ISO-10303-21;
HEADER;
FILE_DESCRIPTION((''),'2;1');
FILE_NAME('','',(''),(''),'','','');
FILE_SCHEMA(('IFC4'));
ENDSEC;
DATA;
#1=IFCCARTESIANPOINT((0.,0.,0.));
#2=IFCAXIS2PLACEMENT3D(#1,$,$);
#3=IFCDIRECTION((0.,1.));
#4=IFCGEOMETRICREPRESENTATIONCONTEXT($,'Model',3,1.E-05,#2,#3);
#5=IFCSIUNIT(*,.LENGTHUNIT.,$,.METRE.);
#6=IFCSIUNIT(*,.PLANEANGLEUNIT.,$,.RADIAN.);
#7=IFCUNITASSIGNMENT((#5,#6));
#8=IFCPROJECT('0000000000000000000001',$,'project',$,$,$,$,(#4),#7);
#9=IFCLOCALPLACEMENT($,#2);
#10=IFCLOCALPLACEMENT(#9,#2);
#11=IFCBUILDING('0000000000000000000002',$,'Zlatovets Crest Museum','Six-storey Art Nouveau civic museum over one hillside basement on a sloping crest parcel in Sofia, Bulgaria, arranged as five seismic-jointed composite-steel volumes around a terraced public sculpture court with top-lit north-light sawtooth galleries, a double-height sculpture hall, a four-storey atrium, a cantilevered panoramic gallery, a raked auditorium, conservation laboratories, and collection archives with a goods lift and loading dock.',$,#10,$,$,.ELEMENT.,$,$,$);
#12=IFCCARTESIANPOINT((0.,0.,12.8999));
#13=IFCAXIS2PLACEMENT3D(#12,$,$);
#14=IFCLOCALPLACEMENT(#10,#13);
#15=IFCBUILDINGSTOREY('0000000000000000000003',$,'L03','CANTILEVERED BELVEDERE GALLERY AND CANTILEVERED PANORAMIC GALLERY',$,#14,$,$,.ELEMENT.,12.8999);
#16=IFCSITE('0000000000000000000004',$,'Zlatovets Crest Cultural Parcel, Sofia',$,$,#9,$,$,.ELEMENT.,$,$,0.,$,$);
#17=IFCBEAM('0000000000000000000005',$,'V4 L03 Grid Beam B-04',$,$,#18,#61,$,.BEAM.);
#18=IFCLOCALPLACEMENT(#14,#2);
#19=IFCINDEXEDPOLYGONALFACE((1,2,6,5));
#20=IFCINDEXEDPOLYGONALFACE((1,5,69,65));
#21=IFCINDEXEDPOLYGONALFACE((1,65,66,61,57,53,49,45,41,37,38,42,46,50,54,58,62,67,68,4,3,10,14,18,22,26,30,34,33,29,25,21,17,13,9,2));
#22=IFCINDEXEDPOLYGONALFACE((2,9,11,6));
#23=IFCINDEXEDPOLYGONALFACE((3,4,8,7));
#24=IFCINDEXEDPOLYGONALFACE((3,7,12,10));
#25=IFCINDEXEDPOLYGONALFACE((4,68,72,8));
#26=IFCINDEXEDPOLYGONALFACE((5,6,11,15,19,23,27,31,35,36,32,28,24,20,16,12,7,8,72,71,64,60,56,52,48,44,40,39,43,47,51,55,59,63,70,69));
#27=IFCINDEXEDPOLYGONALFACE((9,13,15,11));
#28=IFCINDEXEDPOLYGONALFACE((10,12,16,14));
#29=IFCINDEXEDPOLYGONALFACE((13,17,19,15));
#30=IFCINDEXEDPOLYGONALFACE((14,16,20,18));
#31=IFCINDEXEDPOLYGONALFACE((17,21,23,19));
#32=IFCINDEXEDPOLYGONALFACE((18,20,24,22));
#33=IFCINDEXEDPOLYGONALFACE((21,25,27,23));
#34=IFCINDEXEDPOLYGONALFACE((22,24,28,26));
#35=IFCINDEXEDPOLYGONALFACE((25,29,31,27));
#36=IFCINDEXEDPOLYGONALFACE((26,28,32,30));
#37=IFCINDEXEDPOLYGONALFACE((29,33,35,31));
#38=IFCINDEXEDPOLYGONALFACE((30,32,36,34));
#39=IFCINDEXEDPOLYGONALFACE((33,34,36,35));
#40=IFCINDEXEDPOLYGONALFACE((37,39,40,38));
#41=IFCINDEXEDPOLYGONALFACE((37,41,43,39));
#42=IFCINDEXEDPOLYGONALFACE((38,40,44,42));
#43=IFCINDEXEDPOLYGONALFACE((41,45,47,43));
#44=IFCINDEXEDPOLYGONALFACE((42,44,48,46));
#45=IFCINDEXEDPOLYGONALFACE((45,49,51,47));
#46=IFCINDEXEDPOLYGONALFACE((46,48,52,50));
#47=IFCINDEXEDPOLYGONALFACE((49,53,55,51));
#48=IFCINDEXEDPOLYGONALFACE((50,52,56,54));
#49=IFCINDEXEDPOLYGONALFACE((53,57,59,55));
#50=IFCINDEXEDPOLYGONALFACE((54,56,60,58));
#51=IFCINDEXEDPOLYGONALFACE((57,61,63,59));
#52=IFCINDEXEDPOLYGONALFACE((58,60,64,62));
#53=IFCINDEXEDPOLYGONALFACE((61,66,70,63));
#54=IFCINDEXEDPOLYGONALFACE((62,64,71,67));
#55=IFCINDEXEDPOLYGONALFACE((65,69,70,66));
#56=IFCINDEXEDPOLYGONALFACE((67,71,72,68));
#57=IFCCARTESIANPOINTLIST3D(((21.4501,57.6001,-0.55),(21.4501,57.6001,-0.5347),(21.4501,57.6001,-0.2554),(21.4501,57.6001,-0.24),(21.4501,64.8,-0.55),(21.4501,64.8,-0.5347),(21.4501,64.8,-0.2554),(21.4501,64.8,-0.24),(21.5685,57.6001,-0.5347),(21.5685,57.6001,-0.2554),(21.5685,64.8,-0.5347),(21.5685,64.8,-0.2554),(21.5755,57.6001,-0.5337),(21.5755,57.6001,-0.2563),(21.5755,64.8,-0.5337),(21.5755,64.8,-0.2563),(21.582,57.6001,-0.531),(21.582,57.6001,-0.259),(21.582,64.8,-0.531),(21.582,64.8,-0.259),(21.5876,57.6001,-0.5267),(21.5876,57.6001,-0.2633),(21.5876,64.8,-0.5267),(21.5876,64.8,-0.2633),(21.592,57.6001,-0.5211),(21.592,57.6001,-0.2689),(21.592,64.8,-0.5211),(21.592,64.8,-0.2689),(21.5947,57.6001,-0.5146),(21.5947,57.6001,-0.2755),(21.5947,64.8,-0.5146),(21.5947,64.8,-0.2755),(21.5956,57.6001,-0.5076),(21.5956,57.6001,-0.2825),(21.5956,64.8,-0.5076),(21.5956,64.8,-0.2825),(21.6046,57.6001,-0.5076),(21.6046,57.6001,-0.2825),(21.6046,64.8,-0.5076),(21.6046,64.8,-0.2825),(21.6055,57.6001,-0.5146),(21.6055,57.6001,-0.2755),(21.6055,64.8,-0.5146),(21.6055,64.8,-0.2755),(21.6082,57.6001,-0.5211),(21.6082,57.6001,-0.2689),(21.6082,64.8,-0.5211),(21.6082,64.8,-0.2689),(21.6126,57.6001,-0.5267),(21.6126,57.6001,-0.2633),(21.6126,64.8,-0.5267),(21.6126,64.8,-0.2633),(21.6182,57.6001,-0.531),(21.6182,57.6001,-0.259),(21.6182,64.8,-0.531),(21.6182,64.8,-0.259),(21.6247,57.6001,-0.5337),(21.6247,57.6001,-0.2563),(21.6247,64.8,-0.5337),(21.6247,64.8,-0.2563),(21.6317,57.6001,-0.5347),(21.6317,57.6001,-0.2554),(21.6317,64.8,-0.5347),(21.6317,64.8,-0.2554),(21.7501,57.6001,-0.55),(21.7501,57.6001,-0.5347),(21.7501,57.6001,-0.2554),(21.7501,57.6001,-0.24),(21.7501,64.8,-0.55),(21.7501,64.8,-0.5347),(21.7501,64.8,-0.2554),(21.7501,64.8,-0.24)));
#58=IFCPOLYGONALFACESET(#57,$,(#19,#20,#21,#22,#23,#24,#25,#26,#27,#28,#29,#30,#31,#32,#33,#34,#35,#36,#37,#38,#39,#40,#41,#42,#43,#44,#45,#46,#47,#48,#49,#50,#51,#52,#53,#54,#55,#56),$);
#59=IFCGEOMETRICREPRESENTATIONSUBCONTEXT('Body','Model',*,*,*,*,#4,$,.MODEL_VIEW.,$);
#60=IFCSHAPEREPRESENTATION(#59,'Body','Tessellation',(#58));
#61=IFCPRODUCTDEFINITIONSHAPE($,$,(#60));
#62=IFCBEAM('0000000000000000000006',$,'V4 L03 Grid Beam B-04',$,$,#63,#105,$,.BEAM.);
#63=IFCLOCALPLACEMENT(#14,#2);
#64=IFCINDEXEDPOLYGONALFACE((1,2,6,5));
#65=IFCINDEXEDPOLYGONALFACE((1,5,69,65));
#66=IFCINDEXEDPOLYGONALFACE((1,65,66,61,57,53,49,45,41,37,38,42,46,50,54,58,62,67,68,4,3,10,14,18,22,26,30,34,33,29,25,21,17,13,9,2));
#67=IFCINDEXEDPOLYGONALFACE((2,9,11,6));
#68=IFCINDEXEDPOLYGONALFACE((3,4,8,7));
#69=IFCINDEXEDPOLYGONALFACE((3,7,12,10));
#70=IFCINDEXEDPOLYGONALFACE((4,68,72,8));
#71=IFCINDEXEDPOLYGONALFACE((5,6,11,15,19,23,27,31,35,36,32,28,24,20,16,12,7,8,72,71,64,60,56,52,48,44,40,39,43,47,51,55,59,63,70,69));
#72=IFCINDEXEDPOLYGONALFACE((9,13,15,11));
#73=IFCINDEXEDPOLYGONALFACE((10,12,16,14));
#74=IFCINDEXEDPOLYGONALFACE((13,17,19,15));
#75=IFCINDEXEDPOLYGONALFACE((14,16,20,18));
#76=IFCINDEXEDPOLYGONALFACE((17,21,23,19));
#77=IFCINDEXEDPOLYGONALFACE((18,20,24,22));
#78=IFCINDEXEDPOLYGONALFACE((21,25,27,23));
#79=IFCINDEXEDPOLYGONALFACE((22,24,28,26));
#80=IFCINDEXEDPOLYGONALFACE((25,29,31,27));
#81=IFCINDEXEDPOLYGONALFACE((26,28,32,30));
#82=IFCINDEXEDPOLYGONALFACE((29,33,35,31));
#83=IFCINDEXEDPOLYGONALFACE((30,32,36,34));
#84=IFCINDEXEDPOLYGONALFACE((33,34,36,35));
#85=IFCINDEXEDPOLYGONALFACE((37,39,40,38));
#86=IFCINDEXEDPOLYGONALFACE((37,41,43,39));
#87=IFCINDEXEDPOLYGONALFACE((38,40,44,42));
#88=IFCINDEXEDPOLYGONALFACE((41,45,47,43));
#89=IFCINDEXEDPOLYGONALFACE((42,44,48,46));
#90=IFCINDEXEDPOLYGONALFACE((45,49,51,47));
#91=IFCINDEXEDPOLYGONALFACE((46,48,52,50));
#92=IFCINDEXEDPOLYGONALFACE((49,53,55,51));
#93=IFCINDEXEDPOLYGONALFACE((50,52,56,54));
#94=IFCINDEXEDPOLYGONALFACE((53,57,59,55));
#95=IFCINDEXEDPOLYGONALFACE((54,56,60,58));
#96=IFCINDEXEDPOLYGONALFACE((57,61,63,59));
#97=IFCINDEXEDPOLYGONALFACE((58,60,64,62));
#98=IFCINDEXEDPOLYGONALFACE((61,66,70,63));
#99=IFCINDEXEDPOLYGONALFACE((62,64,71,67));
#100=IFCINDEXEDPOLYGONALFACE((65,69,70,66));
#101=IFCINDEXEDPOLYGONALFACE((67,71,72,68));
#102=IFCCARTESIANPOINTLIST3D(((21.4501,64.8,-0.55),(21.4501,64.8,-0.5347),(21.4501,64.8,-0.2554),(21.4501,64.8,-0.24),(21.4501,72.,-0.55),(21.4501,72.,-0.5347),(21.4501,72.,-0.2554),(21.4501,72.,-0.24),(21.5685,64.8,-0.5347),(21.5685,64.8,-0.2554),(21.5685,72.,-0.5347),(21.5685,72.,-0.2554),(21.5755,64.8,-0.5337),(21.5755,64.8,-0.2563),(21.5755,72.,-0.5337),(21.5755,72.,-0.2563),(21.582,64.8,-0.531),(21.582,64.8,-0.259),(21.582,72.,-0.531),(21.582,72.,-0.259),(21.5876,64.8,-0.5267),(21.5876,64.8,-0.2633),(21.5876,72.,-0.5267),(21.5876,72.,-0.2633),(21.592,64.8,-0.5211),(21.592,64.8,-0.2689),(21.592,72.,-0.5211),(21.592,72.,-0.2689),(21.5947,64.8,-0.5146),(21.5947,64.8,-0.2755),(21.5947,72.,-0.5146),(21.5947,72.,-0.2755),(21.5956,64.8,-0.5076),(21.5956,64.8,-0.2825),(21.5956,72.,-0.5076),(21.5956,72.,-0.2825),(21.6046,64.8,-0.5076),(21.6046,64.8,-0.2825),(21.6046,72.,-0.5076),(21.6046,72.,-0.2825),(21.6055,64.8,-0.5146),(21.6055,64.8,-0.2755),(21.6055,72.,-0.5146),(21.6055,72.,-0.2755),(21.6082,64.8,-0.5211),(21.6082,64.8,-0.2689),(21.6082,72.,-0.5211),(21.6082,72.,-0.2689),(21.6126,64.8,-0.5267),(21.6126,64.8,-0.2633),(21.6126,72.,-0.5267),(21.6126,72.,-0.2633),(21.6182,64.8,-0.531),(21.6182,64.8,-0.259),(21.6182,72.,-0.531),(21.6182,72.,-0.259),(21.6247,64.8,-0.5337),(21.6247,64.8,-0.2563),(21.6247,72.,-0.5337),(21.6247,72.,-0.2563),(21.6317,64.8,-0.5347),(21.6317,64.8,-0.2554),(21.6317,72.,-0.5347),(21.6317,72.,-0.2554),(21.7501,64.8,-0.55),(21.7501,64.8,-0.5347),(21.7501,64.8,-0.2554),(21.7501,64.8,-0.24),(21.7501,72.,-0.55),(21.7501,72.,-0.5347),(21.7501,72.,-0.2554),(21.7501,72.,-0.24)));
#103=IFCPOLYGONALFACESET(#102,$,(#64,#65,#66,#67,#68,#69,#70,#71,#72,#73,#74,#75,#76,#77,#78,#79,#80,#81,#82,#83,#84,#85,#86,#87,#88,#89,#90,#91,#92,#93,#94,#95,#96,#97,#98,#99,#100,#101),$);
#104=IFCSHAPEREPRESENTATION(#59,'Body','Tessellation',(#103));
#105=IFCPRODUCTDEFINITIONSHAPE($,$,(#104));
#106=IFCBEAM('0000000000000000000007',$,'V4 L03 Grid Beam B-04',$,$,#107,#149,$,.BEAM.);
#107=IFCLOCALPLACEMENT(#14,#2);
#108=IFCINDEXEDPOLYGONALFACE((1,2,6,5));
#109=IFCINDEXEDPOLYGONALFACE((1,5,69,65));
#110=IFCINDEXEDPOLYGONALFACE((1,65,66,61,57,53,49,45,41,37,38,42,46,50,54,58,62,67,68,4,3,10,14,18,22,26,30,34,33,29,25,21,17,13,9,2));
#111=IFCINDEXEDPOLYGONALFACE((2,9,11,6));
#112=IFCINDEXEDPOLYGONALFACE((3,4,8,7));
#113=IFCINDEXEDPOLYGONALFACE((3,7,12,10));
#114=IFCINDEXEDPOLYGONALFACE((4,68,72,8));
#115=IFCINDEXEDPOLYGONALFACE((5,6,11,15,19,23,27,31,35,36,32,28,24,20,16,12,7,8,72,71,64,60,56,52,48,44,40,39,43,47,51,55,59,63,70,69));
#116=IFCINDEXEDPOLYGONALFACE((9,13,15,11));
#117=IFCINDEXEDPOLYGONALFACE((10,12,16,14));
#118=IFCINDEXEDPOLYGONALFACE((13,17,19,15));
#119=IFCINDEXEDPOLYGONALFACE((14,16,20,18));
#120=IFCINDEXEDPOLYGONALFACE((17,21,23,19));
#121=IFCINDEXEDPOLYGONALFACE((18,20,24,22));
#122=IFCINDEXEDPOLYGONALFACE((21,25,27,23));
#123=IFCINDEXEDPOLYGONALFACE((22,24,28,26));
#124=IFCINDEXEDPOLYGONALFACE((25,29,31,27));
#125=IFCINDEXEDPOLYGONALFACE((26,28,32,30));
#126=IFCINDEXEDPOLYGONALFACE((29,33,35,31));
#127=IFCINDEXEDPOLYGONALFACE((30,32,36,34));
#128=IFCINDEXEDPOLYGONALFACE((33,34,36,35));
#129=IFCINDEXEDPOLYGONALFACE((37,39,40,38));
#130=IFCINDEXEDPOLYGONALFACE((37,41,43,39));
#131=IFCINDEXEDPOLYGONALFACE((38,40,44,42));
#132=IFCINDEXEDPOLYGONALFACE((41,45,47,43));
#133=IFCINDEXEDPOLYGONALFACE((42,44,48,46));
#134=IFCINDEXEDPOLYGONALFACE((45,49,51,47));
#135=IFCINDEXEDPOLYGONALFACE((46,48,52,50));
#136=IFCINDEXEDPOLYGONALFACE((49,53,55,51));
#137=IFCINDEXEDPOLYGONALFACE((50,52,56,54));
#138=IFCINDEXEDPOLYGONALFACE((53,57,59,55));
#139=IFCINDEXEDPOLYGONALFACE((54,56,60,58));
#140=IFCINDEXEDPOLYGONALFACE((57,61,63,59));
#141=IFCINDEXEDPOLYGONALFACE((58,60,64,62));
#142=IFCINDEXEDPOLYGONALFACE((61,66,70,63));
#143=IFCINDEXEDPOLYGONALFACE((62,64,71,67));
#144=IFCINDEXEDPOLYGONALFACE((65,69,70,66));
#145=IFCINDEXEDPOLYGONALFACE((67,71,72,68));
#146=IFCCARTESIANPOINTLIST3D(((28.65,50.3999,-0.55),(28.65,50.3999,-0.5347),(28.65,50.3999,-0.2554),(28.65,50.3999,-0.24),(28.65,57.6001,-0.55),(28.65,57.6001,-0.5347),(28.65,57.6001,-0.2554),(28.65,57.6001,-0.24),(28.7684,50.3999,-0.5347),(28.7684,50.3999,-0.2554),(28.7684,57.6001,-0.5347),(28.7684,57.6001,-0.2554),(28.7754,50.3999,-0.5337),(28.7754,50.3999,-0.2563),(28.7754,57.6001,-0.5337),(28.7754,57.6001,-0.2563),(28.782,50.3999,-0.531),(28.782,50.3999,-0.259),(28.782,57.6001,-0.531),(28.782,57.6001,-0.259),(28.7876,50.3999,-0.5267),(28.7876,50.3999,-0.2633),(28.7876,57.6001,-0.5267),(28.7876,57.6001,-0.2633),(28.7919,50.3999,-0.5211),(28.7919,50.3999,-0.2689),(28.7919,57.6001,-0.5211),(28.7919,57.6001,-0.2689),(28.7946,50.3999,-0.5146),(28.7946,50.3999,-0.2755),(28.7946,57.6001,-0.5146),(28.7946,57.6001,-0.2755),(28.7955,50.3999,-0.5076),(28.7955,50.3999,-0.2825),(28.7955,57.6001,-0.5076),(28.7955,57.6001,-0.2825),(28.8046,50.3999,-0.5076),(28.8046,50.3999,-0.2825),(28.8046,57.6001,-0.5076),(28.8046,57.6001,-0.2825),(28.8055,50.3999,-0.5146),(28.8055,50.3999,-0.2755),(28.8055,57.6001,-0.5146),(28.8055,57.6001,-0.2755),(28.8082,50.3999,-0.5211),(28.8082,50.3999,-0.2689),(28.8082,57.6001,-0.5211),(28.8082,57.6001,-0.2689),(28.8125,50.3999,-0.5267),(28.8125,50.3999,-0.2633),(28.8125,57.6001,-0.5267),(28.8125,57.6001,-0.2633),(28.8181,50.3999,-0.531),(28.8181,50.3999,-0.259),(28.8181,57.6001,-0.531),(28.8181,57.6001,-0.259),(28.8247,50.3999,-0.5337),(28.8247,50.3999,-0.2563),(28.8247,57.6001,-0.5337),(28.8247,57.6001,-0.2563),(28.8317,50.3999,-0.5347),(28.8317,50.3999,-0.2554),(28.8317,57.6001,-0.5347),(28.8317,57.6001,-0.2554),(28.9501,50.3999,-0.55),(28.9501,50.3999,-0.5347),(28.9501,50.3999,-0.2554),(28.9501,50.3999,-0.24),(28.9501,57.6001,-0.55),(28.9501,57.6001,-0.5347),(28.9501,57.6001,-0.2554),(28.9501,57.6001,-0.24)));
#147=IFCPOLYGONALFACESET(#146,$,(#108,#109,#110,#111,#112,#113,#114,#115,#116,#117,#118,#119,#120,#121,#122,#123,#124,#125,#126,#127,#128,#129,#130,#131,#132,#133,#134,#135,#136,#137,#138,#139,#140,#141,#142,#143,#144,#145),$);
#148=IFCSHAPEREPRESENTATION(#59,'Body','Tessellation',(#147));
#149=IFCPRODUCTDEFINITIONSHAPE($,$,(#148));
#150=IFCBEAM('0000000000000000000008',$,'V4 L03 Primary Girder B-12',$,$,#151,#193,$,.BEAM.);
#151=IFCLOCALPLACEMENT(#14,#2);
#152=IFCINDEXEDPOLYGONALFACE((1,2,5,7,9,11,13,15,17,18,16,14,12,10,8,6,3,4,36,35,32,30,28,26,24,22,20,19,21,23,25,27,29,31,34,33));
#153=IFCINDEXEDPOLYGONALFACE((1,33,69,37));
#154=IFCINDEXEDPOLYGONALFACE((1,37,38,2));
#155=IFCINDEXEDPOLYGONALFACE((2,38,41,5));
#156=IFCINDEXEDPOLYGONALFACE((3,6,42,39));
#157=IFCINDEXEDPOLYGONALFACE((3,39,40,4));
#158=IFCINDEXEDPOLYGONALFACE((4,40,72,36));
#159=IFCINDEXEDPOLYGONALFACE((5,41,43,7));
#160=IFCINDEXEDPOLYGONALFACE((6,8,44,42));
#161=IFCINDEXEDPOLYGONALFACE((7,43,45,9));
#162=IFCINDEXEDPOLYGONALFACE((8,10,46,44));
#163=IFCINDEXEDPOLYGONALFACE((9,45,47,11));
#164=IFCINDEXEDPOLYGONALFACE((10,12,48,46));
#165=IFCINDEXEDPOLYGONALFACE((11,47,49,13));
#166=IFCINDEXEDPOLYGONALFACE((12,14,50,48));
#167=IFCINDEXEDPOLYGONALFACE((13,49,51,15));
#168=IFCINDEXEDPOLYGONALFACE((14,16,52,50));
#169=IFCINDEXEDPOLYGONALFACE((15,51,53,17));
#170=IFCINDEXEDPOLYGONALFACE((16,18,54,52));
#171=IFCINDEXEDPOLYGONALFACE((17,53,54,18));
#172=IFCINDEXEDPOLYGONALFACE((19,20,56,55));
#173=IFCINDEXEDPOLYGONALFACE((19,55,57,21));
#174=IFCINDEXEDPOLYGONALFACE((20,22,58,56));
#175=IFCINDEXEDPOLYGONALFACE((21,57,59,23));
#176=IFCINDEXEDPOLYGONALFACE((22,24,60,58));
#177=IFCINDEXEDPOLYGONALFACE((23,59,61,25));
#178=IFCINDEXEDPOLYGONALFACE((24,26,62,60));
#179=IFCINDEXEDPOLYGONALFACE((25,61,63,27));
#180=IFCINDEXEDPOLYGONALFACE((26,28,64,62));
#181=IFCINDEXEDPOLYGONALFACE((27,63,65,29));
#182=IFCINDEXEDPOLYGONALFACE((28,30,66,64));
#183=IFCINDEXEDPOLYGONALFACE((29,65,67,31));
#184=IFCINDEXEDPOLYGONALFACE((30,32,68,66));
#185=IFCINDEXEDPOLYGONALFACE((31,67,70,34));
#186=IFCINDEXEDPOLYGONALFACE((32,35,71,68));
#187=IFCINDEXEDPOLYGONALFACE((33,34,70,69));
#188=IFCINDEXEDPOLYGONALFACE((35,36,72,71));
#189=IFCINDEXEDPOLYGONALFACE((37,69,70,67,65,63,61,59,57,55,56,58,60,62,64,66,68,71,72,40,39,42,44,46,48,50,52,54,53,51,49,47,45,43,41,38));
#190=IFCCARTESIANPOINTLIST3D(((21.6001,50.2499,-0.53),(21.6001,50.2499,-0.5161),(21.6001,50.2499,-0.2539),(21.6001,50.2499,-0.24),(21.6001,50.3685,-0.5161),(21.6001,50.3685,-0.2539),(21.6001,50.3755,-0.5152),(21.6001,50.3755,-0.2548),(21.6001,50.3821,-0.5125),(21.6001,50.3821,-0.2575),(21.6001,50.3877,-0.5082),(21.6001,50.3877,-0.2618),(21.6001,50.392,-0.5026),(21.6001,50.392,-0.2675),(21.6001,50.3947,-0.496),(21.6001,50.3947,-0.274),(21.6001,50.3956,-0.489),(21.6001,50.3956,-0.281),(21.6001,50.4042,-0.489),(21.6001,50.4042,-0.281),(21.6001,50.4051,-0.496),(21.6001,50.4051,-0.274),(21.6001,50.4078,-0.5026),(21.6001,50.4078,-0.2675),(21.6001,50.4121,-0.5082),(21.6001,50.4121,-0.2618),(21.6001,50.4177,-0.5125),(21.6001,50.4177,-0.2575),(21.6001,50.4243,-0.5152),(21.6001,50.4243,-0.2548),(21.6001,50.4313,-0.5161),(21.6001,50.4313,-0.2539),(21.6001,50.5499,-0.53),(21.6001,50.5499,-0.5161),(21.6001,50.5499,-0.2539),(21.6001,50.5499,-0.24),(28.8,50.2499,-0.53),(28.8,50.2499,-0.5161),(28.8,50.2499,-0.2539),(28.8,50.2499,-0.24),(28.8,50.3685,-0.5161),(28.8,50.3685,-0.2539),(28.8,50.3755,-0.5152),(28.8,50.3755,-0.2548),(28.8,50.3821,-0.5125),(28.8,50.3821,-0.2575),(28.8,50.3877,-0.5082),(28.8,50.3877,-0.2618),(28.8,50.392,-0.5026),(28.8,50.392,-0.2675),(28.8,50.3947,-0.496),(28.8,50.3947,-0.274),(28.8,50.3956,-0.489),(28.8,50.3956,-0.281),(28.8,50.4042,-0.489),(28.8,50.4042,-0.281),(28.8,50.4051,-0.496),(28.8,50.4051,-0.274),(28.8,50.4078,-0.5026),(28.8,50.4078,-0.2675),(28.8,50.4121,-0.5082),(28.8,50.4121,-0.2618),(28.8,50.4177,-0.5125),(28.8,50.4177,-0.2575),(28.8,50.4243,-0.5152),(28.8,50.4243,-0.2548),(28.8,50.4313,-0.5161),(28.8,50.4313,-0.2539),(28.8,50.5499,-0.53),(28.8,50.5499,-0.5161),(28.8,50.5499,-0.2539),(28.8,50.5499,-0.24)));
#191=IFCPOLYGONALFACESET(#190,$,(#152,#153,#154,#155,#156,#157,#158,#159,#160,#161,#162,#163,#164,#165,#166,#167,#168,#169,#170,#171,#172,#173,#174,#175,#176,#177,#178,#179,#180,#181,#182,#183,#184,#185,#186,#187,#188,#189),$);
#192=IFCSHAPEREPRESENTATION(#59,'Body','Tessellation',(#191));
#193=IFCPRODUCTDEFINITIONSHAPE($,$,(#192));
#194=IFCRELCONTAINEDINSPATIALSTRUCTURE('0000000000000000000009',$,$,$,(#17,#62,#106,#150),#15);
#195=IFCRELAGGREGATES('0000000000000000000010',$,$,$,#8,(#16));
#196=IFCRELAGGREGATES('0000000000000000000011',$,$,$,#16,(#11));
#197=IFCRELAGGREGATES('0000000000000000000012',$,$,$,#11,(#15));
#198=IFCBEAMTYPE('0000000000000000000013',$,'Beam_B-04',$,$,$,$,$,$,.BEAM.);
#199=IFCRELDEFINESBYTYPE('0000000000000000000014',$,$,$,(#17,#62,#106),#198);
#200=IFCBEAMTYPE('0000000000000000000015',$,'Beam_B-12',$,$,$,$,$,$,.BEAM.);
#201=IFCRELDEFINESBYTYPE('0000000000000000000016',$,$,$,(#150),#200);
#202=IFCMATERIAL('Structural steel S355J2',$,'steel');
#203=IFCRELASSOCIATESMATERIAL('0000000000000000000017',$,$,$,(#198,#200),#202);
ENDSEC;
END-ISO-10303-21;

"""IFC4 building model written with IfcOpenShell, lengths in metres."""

from ifc_helpers import new_model, si_unit, direction, frame, origin, origin_2d, place, context, subcontext, project, spatial, i_section, extrude, material, material_profile, profile_set, type_object, element, save


model = new_model("IFC4")

# Units and contexts
model_context = context("Model", 3, precision=1e-05, world=origin(), true_north=direction((0.0, 1.0)))
body_context = subcontext(model_context, "Body", "Model", "MODEL_VIEW")
ifc_project = project(units=[si_unit("LENGTHUNIT", "METRE"), si_unit("PLANEANGLEUNIT", "RADIAN")], contexts=[model_context])

# Site, building, storey
site_placement = place(None, origin())
site = spatial("IfcSite", under=ifc_project, at=site_placement, Name="Zlatovets Crest Cultural Parcel, Sofia", CompositionType="ELEMENT", RefElevation=0.0)
building_placement = place(site_placement, origin())
building = spatial("IfcBuilding", under=site, at=building_placement, Name="Zlatovets Crest Museum", Description="Six-storey Art Nouveau civic museum over one hillside basement on a sloping crest parcel in Sofia, Bulgaria, arranged as five seismic-jointed composite-steel volumes around a terraced public sculpture court with top-lit north-light sawtooth galleries, a double-height sculpture hall, a four-storey atrium, a cantilevered panoramic gallery, a raked auditorium, conservation laboratories, and collection archives with a goods lift and loading dock.", CompositionType="ELEMENT")
storey_placement = place(building_placement, frame((0.0, 0.0, 12.8999)))
storey = spatial("IfcBuildingStorey", under=building, at=storey_placement, Name="L03", Description="CANTILEVERED BELVEDERE GALLERY AND CANTILEVERED PANORAMIC GALLERY", CompositionType="ELEMENT", Elevation=12.8999)

# Shared definitions
ifc_material_1 = material(Name="Structural steel S355J2", Category="steel")

# Beams
ifc_material_profile_1 = material_profile(ifc_material_1, i_section(OverallWidth=0.3, OverallDepth=0.3101, WebThickness=0.009, FlangeThickness=0.0154, FilletRadius=0.0271, at=origin_2d()), Name="HEA 320")
ifc_profile_set_1 = profile_set([ifc_material_profile_1], Name="Structural steel S355J2")
beam_type_1 = type_object("IfcBeamType", Name="Beam_B-04", PredefinedType="BEAM", material=ifc_profile_set_1)
for number, where, z_axis, x_axis, name in (
    (1, (21.6001, 57.6001, -0.395), (0.0, 1.0, 0.0), (-1.0, 0.0, 0.0), "V4 L03 Grid Beam B-04"),
    (2, (21.6001, 64.8, -0.395), (0.0, 1.0, 0.0), (-1.0, 0.0, 0.0), "V4 L03 Grid Beam B-04"),
):
    element("IfcBeam", number, at=place(storey_placement, frame(where, z_axis=z_axis, x_axis=x_axis)), inside=storey, type_object=beam_type_1, Name=name, PredefinedType="BEAM", context=body_context, shape_type="SweptSolid", body=[
        extrude(i_section(OverallWidth=0.3, OverallDepth=0.3101, WebThickness=0.009, FlangeThickness=0.0154, FilletRadius=0.0271, at=origin_2d()), origin(), (0.0, 0.0, 1.0), 7.2),
    ])
beam_1_placement = place(storey_placement, frame((28.8, 50.3999, -0.395), z_axis=(0.0, 1.0, 0.0), x_axis=(-1.0, 0.0, 0.0)))
element("IfcBeam", 3, at=beam_1_placement, inside=storey, type_object=beam_type_1, Name="V4 L03 Grid Beam B-04", PredefinedType="BEAM", context=body_context, shape_type="SweptSolid", body=[
    extrude(i_section(OverallWidth=0.3, OverallDepth=0.3101, WebThickness=0.009, FlangeThickness=0.0154, FilletRadius=0.0271, at=origin_2d()), origin(), (0.0, 0.0, 1.0), 7.2002),
])
ifc_material_profile_2 = material_profile(ifc_material_1, i_section(OverallWidth=0.3, OverallDepth=0.29, WebThickness=0.0085, FlangeThickness=0.0139, FilletRadius=0.0271, at=origin_2d()), Name="HEA 300")
ifc_profile_set_2 = profile_set([ifc_material_profile_2], Name="Structural steel S355J2")
beam_type_2 = type_object("IfcBeamType", Name="Beam_B-12", PredefinedType="BEAM", material=ifc_profile_set_2)
for number, where, z_axis, x_axis, name in (
    (4, (21.6001, 50.3999, -0.385), (1.0, 0.0, 0.0), (0.0, 1.0, 0.0), "V4 L03 Primary Girder B-12"),
):
    element("IfcBeam", number, at=place(storey_placement, frame(where, z_axis=z_axis, x_axis=x_axis)), inside=storey, type_object=beam_type_2, Name=name, PredefinedType="BEAM", context=body_context, shape_type="SweptSolid", body=[
        extrude(i_section(OverallWidth=0.3, OverallDepth=0.29, WebThickness=0.0085, FlangeThickness=0.0139, FilletRadius=0.0271, at=origin_2d()), origin(), (0.0, 0.0, 1.0), 7.2),
    ])

save(model, "model.ifc")
